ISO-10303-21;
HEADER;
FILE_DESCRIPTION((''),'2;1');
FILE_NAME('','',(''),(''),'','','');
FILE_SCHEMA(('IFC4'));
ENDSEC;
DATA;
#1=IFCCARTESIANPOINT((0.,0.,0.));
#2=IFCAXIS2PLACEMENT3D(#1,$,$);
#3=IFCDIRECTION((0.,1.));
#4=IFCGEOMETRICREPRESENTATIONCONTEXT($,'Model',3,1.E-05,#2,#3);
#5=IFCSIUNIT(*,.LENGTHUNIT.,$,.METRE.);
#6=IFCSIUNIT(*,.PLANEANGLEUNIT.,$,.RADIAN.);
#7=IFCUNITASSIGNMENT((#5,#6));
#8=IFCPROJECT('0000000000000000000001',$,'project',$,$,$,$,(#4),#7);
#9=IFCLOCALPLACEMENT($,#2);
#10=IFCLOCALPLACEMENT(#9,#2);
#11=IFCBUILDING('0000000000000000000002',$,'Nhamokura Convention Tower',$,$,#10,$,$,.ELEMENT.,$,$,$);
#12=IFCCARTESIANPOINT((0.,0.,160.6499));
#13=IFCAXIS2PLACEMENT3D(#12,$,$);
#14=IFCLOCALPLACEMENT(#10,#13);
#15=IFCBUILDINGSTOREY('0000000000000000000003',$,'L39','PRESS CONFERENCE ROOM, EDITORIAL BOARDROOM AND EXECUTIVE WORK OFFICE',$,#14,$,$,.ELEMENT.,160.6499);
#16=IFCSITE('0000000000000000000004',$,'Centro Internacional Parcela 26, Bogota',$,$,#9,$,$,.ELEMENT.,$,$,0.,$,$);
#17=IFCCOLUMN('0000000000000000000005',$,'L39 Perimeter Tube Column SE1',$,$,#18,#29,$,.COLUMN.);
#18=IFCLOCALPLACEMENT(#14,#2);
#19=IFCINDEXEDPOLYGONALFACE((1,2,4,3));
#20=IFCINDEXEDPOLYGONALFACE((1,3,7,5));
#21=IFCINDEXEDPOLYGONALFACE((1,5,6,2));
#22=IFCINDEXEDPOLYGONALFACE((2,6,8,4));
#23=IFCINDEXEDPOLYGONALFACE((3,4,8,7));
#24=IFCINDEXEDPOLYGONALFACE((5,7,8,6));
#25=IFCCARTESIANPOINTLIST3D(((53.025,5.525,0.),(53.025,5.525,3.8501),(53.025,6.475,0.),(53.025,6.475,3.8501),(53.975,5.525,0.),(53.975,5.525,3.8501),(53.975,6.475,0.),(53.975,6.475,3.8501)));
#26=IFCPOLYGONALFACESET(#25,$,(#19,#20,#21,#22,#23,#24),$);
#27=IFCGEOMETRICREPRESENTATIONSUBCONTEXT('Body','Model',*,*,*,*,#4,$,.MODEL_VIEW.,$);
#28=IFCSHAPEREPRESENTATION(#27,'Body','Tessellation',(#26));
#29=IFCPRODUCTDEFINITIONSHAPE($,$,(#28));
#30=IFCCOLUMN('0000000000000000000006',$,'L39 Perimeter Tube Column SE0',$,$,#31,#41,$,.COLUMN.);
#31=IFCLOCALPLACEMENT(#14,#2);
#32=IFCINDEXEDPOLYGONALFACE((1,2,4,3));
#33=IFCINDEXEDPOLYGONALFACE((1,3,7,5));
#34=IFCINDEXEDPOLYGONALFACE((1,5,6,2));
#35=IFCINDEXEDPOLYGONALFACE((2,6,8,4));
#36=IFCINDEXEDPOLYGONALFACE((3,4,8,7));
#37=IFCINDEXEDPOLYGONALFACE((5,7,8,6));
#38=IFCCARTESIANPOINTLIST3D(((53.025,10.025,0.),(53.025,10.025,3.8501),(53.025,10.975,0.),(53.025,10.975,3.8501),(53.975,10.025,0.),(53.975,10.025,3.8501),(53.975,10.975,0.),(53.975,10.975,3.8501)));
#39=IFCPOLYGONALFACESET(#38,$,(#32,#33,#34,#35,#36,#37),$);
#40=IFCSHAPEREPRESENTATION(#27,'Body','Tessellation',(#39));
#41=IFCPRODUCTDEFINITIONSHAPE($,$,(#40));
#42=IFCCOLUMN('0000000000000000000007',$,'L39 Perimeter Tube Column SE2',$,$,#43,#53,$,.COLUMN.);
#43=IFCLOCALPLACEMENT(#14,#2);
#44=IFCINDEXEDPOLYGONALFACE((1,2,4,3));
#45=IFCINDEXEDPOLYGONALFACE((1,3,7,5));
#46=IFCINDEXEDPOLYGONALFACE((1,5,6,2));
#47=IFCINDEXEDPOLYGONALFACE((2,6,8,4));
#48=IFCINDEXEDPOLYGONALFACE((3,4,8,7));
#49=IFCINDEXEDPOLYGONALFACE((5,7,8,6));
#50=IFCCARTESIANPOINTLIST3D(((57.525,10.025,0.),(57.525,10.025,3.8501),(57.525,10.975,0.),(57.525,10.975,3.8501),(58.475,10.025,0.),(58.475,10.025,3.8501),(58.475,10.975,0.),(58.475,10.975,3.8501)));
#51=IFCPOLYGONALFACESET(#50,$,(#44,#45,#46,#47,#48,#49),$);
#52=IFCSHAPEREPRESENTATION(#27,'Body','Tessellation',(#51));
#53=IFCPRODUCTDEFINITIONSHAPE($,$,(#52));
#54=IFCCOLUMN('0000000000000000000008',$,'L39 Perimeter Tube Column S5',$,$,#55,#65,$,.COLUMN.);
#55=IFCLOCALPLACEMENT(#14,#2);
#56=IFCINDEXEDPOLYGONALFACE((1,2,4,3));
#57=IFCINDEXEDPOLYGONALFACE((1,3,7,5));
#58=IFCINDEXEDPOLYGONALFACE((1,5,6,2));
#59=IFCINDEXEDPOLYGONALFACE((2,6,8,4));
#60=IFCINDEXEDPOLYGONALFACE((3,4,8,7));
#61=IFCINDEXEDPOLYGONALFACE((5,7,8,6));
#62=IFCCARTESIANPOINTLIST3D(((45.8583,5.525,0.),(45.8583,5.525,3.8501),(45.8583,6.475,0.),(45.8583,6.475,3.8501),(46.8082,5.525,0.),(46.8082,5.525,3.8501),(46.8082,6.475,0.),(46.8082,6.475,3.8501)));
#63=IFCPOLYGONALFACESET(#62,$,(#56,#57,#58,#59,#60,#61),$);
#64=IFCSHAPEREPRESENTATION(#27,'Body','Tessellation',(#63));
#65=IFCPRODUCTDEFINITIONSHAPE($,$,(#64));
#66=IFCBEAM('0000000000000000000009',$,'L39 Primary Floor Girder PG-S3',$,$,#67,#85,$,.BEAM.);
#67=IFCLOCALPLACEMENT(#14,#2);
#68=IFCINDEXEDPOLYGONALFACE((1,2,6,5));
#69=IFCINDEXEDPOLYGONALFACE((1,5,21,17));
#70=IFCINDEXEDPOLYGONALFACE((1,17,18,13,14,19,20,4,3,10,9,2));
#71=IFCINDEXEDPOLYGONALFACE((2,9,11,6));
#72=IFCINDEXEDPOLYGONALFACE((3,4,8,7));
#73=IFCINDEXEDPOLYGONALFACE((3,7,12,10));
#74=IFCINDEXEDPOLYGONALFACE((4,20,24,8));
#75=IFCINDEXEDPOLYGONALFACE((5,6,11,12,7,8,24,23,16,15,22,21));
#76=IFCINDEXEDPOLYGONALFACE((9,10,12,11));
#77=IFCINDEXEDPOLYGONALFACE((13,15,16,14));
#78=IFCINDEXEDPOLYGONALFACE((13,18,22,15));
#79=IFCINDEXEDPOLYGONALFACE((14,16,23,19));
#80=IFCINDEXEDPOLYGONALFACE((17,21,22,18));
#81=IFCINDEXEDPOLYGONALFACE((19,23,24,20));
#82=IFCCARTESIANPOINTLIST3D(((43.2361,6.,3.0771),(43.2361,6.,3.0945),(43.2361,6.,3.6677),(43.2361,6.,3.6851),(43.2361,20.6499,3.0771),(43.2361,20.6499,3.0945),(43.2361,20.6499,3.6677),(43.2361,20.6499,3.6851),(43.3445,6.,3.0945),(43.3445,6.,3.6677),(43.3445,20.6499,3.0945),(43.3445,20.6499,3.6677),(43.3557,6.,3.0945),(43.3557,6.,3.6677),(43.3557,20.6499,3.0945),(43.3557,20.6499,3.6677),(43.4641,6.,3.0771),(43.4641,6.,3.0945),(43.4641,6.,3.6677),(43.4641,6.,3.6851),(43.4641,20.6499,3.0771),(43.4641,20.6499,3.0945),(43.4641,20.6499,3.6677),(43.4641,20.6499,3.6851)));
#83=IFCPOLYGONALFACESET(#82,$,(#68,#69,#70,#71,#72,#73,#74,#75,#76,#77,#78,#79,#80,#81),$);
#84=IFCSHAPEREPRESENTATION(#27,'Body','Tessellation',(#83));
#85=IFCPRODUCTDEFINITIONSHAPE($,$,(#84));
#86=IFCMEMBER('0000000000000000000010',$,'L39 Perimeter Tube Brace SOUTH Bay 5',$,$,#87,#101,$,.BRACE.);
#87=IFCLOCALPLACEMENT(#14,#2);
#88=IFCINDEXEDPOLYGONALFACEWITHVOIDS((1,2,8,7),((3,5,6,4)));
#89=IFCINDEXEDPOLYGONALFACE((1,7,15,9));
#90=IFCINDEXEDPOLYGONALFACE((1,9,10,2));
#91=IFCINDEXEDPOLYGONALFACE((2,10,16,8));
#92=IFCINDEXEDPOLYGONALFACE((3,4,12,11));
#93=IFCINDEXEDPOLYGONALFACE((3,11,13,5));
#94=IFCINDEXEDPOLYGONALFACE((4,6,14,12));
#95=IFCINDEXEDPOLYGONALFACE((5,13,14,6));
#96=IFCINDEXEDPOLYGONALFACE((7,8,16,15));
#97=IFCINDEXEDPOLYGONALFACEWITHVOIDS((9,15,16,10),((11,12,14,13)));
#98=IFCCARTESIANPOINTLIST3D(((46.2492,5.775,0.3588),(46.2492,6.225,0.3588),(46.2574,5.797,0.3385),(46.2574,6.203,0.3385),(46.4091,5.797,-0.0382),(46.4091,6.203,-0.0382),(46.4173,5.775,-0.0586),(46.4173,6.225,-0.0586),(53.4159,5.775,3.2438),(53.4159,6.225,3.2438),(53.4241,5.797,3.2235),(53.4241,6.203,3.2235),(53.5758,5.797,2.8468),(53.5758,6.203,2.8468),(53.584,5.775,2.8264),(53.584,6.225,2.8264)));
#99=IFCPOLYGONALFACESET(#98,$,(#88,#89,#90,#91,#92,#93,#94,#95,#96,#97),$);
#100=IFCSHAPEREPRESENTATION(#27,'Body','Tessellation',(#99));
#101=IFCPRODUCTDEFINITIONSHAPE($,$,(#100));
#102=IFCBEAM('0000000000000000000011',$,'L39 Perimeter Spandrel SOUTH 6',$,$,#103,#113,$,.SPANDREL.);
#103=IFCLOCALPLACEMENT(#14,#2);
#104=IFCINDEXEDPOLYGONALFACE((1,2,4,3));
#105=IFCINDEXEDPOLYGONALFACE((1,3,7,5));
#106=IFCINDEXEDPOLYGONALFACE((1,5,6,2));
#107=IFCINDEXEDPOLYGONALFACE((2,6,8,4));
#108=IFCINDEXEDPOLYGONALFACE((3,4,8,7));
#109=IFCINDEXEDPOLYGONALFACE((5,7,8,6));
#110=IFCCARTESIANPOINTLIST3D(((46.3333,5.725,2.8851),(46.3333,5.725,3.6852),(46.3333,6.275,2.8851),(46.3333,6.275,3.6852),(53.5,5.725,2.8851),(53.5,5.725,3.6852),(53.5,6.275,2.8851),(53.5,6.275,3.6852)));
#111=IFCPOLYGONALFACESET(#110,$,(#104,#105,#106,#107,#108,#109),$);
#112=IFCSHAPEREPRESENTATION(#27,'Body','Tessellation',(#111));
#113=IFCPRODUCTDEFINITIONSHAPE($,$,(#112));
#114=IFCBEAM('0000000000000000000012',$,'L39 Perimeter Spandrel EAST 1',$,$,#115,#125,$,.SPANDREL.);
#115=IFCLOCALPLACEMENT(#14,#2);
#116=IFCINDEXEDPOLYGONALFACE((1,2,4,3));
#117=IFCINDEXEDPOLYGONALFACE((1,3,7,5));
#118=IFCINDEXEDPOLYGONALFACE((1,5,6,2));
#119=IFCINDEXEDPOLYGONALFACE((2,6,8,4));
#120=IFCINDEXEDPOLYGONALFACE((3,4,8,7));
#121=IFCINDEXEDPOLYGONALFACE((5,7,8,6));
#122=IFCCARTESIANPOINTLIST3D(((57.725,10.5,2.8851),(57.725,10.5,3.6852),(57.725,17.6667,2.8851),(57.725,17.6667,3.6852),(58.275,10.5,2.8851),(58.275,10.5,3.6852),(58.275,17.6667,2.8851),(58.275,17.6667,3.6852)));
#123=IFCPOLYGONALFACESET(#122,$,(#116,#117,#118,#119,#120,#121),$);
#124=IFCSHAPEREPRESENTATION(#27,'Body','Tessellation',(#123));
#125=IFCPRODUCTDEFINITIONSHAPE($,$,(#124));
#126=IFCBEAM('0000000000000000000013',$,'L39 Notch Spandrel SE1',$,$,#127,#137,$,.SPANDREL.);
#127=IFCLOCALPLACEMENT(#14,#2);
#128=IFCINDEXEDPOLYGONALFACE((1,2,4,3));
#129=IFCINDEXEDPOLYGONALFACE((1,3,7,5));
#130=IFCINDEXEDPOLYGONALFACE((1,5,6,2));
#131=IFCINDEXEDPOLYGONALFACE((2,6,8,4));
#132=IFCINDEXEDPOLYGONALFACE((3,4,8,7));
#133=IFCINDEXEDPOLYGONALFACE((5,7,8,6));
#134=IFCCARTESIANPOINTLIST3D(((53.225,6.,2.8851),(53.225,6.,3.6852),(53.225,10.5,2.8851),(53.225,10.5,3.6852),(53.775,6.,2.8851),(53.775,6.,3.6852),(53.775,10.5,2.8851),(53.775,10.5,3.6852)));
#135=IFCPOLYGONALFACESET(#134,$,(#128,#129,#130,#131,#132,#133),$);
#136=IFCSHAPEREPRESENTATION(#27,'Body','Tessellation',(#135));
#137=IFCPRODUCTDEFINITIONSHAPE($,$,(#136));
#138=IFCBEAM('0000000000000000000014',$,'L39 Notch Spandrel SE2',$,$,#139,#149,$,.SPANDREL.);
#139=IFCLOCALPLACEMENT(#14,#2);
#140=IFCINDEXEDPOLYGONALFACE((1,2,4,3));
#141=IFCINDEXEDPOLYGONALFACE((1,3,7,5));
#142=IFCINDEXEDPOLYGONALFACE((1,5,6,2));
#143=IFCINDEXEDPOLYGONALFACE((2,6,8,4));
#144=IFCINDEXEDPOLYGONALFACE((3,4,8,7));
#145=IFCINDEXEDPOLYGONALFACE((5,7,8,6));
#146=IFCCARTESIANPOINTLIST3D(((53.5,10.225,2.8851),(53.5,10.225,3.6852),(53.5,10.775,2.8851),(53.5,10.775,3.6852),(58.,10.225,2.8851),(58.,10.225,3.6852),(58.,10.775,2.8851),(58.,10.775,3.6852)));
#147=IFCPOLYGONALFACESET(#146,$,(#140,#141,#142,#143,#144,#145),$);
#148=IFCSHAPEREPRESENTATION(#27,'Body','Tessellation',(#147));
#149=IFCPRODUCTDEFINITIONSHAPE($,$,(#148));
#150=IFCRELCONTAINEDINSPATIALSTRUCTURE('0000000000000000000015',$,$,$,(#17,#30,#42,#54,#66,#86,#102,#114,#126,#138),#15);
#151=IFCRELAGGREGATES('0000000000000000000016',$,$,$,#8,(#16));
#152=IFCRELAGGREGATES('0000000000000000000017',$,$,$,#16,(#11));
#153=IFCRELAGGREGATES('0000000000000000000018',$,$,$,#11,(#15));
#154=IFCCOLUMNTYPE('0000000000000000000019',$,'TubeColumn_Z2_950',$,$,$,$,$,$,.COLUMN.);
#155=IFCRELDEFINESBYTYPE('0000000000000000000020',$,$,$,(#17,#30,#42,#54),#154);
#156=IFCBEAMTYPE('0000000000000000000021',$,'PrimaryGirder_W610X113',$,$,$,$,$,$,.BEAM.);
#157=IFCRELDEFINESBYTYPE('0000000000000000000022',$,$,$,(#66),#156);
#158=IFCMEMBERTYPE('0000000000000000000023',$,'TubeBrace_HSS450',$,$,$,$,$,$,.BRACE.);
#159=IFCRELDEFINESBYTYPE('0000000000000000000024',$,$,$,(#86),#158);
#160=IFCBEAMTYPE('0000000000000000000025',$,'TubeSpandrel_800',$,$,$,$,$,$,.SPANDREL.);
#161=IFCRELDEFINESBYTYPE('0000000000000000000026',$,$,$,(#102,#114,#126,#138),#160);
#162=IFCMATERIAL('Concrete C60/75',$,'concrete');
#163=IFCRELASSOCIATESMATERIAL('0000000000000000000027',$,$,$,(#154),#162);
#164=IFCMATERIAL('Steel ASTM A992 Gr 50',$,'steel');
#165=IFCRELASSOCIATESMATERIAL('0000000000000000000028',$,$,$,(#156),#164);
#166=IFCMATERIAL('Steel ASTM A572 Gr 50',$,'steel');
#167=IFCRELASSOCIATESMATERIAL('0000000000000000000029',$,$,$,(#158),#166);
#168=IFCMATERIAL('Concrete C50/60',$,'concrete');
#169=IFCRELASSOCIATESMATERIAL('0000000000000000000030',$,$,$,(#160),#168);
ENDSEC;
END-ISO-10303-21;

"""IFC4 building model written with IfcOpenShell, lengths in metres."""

from ifc_helpers import new_model, si_unit, direction, frame, origin, origin_2d, place, context, subcontext, project, spatial, rectangle, hollow_rectangle, i_section, extrude, material, material_profile, profile_set, type_object, element, save


model = new_model("IFC4")

# Units and contexts
model_context = context("Model", 3, precision=1e-05, world=origin(), true_north=direction((0.0, 1.0)))
body_context = subcontext(model_context, "Body", "Model", "MODEL_VIEW")
ifc_project = project(units=[si_unit("LENGTHUNIT", "METRE"), si_unit("PLANEANGLEUNIT", "RADIAN")], contexts=[model_context])

# Site, building, storey
site_placement = place(None, origin())
site = spatial("IfcSite", under=ifc_project, at=site_placement, Name="Centro Internacional Parcela 26, Bogota", CompositionType="ELEMENT", RefElevation=0.0)
building_placement = place(site_placement, origin())
building = spatial("IfcBuilding", under=site, at=building_placement, Name="Nhamokura Convention Tower", CompositionType="ELEMENT")
storey_placement = place(building_placement, frame((0.0, 0.0, 160.6499)))
storey = spatial("IfcBuildingStorey", under=building, at=storey_placement, Name="L39", Description="PRESS CONFERENCE ROOM, EDITORIAL BOARDROOM AND EXECUTIVE WORK OFFICE", CompositionType="ELEMENT", Elevation=160.6499)

# Columns
ifc_material_1 = material(Name="Concrete C60/75", Category="concrete")
ifc_material_profile_1 = material_profile(ifc_material_1, rectangle(XDim=0.95, YDim=0.95, at=origin_2d()))
ifc_profile_set_1 = profile_set([ifc_material_profile_1], Name="Concrete C60/75")
column_type = type_object("IfcColumnType", Name="TubeColumn_Z2_950", PredefinedType="COLUMN", material=ifc_profile_set_1)
for number, where, z_axis, x_axis, name in (
    (1, (53.5, 6.0, 0.0), (0.0, 0.0, 1.0), (1.0, 0.0, 0.0), "L39 Perimeter Tube Column SE1"),
    (2, (53.5, 10.5, 0.0), (0.0, 0.0, 1.0), (1.0, 0.0, 0.0), "L39 Perimeter Tube Column SE0"),
    (3, (58.0, 10.5, 0.0), (0.0, 0.0, 1.0), (1.0, 0.0, 0.0), "L39 Perimeter Tube Column SE2"),
    (4, (46.3333, 6.0, 0.0), (0.0, 0.0, 1.0), (1.0, 0.0, 0.0), "L39 Perimeter Tube Column S5"),
):
    element("IfcColumn", number, at=place(storey_placement, frame(where, z_axis=z_axis, x_axis=x_axis)), inside=storey, type_object=column_type, Name=name, PredefinedType="COLUMN", context=body_context, shape_type="SweptSolid", body=[
        extrude(rectangle(XDim=0.95, YDim=0.95, at=origin_2d()), origin(), (0.0, 0.0, 1.0), 3.8501),
    ])

# Beam
ifc_material_2 = material(Name="Steel ASTM A992 Gr 50", Category="steel")
ifc_material_profile_2 = material_profile(ifc_material_2, i_section(OverallWidth=0.228, OverallDepth=0.6079, WebThickness=0.0112, FlangeThickness=0.0173, at=origin_2d()))
ifc_profile_set_2 = profile_set([ifc_material_profile_2], Name="Steel ASTM A992 Gr 50")
beam_type_1 = type_object("IfcBeamType", Name="PrimaryGirder_W610X113", PredefinedType="BEAM", material=ifc_profile_set_2)
beam_placement = place(storey_placement, frame((43.3501, 6.0, 3.3811), z_axis=(0.0, 1.0, 0.0), x_axis=(-1.0, 0.0, 0.0)))
element("IfcBeam", 5, at=beam_placement, inside=storey, type_object=beam_type_1, Name="L39 Primary Floor Girder PG-S3", PredefinedType="BEAM", context=body_context, shape_type="SweptSolid", body=[
    extrude(i_section(OverallWidth=0.228, OverallDepth=0.6079, WebThickness=0.0112, FlangeThickness=0.0173, at=origin_2d()), origin(), (0.0, 0.0, 1.0), 14.6499),
])

# Member
ifc_material_3 = material(Name="Steel ASTM A572 Gr 50", Category="steel")
ifc_material_profile_3 = material_profile(ifc_material_3, hollow_rectangle(XDim=0.45, YDim=0.45, WallThickness=0.022, at=origin_2d()))
ifc_profile_set_3 = profile_set([ifc_material_profile_3], Name="Steel ASTM A572 Gr 50")
member_type = type_object("IfcMemberType", Name="TubeBrace_HSS450", PredefinedType="BRACE", material=ifc_profile_set_3)
member_placement = place(storey_placement, frame((46.3333, 6.0, 0.1501), z_axis=(0.927657, 0.0, 0.373433), x_axis=(0.0, 1.0, 0.0)))
element("IfcMember", 6, at=member_placement, inside=storey, type_object=member_type, Name="L39 Perimeter Tube Brace SOUTH Bay 5", PredefinedType="BRACE", context=body_context, shape_type="SweptSolid", body=[
    extrude(hollow_rectangle(XDim=0.45, YDim=0.45, WallThickness=0.022, at=origin_2d()), origin(), (0.0, 0.0, 1.0), 7.7256),
])

# Beams
ifc_material_4 = material(Name="Concrete C50/60", Category="concrete")
ifc_material_profile_4 = material_profile(ifc_material_4, rectangle(XDim=0.55, YDim=0.8, at=origin_2d()))
ifc_profile_set_4 = profile_set([ifc_material_profile_4], Name="Concrete C50/60")
beam_type_2 = type_object("IfcBeamType", Name="TubeSpandrel_800", PredefinedType="SPANDREL", material=ifc_profile_set_4)
for number, where, z_axis, x_axis, name in (
    (7, (46.3333, 6.0, 3.2852), (1.0, 0.0, 0.0), (0.0, 1.0, 0.0), "L39 Perimeter Spandrel SOUTH 6"),
    (8, (58.0, 10.5, 3.2852), (0.0, 1.0, 0.0), (-1.0, 0.0, 0.0), "L39 Perimeter Spandrel EAST 1"),
):
    element("IfcBeam", number, at=place(storey_placement, frame(where, z_axis=z_axis, x_axis=x_axis)), inside=storey, type_object=beam_type_2, Name=name, PredefinedType="SPANDREL", context=body_context, shape_type="SweptSolid", body=[
        extrude(rectangle(XDim=0.55, YDim=0.8, at=origin_2d()), origin(), (0.0, 0.0, 1.0), 7.1667),
    ])
for number, where, z_axis, x_axis, name in (
    (9, (53.5, 6.0, 3.2852), (0.0, 1.0, 0.0), (-1.0, 0.0, 0.0), "L39 Notch Spandrel SE1"),
    (10, (53.5, 10.5, 3.2852), (1.0, 0.0, 0.0), (0.0, 1.0, 0.0), "L39 Notch Spandrel SE2"),
):
    element("IfcBeam", number, at=place(storey_placement, frame(where, z_axis=z_axis, x_axis=x_axis)), inside=storey, type_object=beam_type_2, Name=name, PredefinedType="SPANDREL", context=body_context, shape_type="SweptSolid", body=[
        extrude(rectangle(XDim=0.55, YDim=0.8, at=origin_2d()), origin(), (0.0, 0.0, 1.0), 4.5),
    ])

save(model, "model.ifc")
